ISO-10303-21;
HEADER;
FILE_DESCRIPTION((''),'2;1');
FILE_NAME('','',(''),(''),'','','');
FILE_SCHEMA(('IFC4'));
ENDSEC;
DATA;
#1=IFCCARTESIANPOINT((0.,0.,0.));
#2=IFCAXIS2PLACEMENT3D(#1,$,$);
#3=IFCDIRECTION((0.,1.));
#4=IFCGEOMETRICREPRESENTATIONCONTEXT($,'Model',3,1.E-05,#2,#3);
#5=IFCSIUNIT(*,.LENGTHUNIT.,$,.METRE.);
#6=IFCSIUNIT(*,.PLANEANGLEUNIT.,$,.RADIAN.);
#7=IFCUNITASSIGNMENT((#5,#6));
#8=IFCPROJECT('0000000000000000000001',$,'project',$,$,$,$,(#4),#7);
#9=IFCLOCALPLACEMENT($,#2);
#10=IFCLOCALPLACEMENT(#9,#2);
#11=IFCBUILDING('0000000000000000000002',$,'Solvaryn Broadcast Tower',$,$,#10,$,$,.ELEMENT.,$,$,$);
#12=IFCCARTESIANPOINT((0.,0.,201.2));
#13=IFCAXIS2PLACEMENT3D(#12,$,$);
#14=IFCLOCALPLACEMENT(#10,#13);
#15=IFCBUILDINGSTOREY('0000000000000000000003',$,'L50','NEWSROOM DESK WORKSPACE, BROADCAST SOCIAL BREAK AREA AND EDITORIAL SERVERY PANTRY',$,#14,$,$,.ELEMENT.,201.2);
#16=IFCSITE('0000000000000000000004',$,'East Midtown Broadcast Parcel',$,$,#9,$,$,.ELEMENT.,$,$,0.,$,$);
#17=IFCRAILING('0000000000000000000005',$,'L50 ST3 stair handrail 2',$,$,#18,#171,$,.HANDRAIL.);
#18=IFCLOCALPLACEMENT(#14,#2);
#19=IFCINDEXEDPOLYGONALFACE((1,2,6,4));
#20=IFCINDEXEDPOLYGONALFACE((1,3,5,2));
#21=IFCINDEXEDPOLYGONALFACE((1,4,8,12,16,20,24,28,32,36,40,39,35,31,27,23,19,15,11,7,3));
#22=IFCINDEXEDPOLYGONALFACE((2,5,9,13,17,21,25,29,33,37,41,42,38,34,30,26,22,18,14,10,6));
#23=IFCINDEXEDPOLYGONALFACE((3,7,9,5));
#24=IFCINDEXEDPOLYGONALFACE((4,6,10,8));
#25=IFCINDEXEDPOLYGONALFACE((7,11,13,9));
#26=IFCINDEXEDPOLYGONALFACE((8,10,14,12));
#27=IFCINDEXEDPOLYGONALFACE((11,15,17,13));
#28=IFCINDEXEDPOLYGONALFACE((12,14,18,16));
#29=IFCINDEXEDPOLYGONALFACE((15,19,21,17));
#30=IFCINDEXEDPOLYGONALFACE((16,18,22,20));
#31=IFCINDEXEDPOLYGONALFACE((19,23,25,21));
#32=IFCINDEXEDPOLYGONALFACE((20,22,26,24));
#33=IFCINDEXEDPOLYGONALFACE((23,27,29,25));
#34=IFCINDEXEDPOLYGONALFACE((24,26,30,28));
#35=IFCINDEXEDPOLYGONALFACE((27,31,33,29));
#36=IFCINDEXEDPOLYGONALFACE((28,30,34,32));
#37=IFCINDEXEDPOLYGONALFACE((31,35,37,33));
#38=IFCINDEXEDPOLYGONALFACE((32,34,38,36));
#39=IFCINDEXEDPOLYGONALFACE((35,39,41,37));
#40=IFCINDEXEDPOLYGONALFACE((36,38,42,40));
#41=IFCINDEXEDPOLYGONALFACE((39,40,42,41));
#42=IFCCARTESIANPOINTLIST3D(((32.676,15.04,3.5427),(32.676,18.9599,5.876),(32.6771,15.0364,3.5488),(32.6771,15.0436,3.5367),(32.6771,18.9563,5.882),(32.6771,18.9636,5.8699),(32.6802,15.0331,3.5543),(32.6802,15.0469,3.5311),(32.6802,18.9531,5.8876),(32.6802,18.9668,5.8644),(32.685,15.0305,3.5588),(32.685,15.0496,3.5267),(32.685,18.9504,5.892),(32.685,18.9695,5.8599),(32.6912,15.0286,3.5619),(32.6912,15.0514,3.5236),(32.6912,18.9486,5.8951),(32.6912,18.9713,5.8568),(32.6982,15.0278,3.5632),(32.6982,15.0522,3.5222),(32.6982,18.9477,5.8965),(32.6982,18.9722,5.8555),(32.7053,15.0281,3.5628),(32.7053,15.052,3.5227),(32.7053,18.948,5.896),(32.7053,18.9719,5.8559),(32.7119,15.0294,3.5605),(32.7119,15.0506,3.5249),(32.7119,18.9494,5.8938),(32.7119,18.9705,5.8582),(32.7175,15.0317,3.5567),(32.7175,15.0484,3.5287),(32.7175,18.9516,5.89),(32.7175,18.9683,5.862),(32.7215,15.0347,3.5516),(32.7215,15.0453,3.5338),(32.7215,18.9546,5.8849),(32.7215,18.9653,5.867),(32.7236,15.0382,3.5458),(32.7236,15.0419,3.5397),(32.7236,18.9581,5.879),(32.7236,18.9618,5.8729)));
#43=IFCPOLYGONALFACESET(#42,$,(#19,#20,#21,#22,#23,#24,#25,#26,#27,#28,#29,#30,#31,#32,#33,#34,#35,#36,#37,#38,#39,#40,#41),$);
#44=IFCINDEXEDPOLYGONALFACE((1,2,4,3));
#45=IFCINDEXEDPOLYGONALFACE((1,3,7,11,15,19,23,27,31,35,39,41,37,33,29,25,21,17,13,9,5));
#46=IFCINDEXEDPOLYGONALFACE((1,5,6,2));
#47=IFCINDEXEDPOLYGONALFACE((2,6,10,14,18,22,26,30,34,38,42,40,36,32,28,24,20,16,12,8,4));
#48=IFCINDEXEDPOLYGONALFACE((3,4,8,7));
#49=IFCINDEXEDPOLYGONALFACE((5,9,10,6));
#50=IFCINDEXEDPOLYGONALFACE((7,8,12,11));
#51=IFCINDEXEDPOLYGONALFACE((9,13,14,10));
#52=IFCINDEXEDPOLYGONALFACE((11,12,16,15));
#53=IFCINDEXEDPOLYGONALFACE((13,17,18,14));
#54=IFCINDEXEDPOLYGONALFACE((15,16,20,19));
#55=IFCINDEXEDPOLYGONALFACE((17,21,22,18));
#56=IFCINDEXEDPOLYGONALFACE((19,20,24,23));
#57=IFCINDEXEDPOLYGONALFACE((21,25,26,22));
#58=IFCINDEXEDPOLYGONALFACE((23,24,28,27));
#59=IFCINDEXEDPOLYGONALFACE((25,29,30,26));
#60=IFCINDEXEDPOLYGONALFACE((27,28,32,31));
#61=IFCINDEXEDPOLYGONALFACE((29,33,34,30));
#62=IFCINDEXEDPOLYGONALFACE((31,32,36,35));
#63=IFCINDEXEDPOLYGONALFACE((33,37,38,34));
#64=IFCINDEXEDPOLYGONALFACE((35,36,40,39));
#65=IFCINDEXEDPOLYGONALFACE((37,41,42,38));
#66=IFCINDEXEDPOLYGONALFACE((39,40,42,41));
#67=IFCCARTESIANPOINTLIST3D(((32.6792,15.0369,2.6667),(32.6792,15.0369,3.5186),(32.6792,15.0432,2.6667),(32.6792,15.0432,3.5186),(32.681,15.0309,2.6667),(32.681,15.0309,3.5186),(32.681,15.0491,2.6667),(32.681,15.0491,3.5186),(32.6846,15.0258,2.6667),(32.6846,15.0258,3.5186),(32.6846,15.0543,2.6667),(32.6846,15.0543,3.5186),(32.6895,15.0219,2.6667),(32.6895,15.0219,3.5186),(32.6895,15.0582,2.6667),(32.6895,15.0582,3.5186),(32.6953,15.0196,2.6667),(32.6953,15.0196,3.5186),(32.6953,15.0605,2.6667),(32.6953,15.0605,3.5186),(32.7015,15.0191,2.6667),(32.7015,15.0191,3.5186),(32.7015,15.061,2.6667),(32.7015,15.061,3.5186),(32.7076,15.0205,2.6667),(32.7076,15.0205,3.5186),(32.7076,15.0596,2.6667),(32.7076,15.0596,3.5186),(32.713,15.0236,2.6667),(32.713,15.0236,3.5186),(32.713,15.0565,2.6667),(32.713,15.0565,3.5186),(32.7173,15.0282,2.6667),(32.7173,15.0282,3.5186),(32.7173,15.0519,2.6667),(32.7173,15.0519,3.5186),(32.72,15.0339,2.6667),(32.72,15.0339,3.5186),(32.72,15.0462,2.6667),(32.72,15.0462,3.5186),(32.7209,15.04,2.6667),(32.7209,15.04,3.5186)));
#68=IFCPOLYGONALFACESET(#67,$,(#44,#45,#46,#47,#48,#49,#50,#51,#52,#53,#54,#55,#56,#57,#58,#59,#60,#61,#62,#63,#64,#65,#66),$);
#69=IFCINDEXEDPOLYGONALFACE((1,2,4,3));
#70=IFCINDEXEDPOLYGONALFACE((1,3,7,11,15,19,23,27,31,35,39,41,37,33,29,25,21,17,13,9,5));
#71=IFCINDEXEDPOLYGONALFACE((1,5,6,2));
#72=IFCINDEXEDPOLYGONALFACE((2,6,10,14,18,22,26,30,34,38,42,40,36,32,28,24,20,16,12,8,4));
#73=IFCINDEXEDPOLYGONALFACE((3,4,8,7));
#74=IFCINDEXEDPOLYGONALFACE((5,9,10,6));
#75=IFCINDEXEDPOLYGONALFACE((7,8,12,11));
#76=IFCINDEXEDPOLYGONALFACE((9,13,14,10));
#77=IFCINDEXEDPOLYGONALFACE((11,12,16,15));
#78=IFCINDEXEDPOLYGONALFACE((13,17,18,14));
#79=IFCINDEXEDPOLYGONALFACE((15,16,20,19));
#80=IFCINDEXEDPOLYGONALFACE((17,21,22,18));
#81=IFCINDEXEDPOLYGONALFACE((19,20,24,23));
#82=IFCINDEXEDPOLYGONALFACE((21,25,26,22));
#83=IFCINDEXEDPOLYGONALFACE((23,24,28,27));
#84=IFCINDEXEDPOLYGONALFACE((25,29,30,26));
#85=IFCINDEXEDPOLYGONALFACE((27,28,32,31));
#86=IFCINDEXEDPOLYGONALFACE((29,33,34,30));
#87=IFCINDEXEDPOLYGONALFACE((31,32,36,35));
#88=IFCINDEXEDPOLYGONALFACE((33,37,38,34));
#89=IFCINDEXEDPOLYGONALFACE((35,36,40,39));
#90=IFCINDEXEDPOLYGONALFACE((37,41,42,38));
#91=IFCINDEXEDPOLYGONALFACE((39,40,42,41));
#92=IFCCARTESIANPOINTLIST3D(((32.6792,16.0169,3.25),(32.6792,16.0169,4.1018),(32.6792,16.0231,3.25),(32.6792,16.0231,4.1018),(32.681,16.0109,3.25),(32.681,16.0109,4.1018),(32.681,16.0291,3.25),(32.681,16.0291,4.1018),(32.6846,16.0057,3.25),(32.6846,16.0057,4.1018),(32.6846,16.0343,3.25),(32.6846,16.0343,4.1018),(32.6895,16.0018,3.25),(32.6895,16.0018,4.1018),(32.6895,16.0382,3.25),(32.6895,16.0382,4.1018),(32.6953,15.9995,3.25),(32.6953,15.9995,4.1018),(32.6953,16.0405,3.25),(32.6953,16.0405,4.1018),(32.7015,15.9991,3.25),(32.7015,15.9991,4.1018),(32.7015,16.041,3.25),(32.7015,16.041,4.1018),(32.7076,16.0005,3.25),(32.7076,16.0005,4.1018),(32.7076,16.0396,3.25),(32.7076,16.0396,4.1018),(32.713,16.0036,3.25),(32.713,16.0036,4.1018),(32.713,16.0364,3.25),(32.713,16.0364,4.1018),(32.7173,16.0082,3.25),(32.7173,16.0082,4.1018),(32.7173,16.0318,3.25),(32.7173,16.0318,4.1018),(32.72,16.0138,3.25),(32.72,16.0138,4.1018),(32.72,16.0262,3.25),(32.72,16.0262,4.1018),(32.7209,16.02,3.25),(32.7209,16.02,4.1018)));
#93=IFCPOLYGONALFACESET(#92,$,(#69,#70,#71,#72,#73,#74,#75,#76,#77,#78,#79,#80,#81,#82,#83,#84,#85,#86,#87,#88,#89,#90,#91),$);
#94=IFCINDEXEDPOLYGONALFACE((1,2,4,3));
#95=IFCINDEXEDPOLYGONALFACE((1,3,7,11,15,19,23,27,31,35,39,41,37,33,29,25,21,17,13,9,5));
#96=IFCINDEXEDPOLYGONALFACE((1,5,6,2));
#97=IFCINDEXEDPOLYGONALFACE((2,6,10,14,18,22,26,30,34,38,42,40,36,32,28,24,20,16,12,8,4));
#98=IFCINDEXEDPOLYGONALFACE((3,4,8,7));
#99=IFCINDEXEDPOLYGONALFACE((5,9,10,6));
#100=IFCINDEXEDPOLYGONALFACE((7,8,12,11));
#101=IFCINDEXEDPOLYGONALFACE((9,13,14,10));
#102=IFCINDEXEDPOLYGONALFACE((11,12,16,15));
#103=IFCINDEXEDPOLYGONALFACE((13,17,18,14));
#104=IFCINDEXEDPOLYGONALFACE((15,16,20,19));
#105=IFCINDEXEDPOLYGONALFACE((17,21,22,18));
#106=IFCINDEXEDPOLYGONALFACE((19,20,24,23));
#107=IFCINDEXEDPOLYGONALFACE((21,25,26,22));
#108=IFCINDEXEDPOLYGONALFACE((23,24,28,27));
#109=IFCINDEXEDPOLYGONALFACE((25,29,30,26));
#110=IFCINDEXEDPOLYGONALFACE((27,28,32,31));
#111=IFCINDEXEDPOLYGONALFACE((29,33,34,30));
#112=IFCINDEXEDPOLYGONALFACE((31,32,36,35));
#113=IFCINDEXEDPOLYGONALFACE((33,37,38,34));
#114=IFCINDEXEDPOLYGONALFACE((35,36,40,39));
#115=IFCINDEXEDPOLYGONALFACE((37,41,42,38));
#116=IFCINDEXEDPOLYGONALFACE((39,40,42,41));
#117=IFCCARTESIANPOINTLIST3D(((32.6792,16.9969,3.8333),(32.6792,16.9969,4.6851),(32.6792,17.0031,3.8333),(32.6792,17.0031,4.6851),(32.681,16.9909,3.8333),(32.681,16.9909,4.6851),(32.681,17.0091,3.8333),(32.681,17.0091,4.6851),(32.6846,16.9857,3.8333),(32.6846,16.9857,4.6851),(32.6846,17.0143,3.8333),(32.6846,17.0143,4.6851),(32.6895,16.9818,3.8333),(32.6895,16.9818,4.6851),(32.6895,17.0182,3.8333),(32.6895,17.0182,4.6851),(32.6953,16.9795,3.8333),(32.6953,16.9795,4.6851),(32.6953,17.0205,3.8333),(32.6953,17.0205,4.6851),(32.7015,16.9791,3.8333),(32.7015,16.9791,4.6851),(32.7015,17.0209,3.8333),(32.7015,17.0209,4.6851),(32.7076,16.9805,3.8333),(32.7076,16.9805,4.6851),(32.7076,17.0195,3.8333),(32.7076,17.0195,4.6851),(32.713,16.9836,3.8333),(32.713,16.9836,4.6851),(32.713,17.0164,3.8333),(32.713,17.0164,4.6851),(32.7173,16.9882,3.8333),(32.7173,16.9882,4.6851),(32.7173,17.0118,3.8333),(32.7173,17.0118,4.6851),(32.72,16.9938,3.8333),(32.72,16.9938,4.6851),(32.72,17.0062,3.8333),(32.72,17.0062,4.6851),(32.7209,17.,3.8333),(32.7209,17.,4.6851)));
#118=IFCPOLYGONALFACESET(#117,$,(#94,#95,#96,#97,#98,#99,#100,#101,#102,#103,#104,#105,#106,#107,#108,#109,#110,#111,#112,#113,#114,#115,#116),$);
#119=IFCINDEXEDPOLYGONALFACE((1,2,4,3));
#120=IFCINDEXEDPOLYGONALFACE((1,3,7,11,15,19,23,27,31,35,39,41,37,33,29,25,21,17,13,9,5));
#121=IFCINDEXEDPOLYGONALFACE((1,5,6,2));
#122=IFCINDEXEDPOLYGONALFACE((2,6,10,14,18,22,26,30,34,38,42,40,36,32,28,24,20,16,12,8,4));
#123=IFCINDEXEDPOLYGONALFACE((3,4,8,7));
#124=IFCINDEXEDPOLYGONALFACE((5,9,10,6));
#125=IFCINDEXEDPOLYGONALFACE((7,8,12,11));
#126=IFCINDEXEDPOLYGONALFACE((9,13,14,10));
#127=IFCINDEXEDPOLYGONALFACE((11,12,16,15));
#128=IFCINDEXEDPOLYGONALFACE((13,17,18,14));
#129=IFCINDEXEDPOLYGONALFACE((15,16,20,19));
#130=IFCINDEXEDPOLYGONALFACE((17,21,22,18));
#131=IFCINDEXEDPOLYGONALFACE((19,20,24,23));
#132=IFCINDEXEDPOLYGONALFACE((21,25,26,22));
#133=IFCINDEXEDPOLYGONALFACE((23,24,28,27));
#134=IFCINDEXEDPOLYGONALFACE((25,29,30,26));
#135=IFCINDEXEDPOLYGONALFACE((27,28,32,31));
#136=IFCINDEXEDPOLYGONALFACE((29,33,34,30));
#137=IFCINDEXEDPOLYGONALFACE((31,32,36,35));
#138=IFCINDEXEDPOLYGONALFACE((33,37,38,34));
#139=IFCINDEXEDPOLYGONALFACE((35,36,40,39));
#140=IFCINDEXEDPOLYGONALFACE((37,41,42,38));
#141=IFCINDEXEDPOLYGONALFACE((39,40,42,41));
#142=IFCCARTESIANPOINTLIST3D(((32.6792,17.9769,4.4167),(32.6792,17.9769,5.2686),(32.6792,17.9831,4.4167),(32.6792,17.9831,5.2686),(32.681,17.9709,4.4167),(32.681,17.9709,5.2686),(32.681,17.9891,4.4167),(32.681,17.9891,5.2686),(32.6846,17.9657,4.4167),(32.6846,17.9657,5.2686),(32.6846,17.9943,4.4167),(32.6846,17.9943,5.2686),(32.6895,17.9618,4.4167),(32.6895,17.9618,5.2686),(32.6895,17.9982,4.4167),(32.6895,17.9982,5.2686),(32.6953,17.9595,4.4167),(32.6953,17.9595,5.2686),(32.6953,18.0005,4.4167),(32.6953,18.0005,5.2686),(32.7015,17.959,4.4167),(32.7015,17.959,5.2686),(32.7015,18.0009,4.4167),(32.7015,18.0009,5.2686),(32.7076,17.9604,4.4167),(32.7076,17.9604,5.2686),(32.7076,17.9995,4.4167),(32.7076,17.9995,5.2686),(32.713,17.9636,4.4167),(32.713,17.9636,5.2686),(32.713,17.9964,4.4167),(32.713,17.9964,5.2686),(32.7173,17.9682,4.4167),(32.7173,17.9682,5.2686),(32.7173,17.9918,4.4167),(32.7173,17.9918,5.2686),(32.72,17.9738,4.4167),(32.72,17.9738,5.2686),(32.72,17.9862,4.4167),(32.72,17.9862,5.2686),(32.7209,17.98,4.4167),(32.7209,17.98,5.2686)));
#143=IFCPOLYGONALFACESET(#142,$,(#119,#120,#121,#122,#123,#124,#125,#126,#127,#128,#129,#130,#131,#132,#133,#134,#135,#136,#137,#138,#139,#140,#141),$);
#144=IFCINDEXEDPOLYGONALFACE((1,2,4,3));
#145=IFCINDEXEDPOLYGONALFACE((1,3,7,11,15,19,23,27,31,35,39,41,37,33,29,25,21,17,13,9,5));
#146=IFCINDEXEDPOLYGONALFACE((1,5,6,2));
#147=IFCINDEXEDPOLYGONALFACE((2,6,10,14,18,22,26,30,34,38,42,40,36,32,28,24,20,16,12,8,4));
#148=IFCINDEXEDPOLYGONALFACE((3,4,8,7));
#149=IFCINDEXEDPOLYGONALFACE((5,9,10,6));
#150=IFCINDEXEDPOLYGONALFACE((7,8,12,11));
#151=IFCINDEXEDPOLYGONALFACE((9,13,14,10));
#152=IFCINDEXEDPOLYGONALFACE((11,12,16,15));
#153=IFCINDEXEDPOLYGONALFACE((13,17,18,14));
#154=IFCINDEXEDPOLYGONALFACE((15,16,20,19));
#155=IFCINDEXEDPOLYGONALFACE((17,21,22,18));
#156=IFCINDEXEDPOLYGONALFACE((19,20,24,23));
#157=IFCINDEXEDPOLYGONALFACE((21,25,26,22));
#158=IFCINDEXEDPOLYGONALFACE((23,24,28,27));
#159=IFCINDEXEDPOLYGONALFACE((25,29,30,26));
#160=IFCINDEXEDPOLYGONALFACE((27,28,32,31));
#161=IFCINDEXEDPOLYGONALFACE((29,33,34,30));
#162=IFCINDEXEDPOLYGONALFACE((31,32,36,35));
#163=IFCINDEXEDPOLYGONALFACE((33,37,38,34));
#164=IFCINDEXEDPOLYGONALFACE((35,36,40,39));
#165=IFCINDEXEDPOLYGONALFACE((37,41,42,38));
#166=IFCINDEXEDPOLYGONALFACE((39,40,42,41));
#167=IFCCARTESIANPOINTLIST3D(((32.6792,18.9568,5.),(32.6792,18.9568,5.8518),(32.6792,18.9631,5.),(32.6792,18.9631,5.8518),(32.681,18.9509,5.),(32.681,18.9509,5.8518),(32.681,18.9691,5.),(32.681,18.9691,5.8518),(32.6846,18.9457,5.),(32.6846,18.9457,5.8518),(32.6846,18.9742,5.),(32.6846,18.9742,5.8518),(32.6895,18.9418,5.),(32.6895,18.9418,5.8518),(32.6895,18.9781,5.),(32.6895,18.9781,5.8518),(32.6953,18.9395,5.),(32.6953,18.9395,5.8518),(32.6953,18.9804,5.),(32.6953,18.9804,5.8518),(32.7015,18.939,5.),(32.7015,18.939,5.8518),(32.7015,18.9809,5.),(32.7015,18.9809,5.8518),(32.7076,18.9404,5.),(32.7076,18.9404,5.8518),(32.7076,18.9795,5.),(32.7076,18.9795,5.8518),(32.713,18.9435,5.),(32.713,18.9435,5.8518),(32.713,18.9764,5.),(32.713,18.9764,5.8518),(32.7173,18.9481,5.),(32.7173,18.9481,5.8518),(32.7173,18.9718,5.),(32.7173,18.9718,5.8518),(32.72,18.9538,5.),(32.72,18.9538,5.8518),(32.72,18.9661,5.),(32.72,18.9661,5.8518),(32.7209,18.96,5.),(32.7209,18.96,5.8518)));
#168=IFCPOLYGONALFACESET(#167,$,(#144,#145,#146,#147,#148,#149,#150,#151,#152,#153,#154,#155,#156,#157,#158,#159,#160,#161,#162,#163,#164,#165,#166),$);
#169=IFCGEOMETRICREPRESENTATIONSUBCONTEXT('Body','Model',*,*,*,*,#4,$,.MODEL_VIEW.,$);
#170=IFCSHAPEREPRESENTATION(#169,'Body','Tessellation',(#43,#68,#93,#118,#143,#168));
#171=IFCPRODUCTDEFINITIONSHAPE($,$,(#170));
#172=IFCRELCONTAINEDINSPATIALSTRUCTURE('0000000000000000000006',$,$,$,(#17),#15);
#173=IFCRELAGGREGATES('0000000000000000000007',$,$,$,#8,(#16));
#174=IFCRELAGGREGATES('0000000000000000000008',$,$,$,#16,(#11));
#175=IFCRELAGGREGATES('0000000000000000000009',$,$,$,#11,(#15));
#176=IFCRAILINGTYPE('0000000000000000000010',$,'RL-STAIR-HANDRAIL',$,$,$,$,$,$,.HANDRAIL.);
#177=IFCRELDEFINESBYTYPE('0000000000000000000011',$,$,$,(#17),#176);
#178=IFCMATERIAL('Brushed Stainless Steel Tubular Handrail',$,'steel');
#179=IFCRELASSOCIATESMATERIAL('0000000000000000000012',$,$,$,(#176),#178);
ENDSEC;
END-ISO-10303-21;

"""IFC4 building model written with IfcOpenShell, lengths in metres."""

from ifc_helpers import new_model, si_unit, direction, frame, origin, origin_2d, place, context, subcontext, project, spatial, circle, extrude, material, type_object, element, save


model = new_model("IFC4")

# Units and contexts
model_context = context("Model", 3, precision=1e-05, world=origin(), true_north=direction((0.0, 1.0)))
body_context = subcontext(model_context, "Body", "Model", "MODEL_VIEW")
ifc_project = project(units=[si_unit("LENGTHUNIT", "METRE"), si_unit("PLANEANGLEUNIT", "RADIAN")], contexts=[model_context])

# Site, building, storey
site_placement = place(None, origin())
site = spatial("IfcSite", under=ifc_project, at=site_placement, Name="East Midtown Broadcast Parcel", CompositionType="ELEMENT", RefElevation=0.0)
building_placement = place(site_placement, origin())
building = spatial("IfcBuilding", under=site, at=building_placement, Name="Solvaryn Broadcast Tower", CompositionType="ELEMENT")
storey_placement = place(building_placement, frame((0.0, 0.0, 201.2)))
storey = spatial("IfcBuildingStorey", under=building, at=storey_placement, Name="L50", Description="NEWSROOM DESK WORKSPACE, BROADCAST SOCIAL BREAK AREA AND EDITORIAL SERVERY PANTRY", CompositionType="ELEMENT", Elevation=201.2)

# Railing
ifc_material_1 = material(Name="Brushed Stainless Steel Tubular Handrail", Category="steel")
railing_type_1 = type_object("IfcRailingType", Name="RL-STAIR-HANDRAIL", PredefinedType="HANDRAIL", material=ifc_material_1)
railing_1_placement = place(storey_placement, frame((32.7, 15.04, 2.6667)))
element("IfcRailing", 1, at=railing_1_placement, inside=storey, type_object=railing_type_1, Name="L50 ST3 stair handrail 2", PredefinedType="HANDRAIL", context=body_context, shape_type="SweptSolid", body=[
    extrude(circle(Radius=0.0239, at=origin_2d()), frame((0.0, 0.0, 0.876), z_axis=(0.0, 0.859296, 0.511478), x_axis=(-1.0, 0.0, 0.0)), (0.0, 0.0, 1.0), 4.5618),
    extrude(circle(Radius=0.021, at=origin_2d()), origin(), (0.0, 0.0, 1.0), 0.8518),
    extrude(circle(Radius=0.021, at=origin_2d()), frame((0.0, 0.98, 0.5833)), (0.0, 0.0, 1.0), 0.8518),
    extrude(circle(Radius=0.021, at=origin_2d()), frame((0.0, 1.96, 1.1665)), (0.0, 0.0, 1.0), 0.8518),
    extrude(circle(Radius=0.021, at=origin_2d()), frame((0.0, 2.9399, 1.75)), (0.0, 0.0, 1.0), 0.8518),
    extrude(circle(Radius=0.021, at=origin_2d()), frame((0.0, 3.9199, 2.3333)), (0.0, 0.0, 1.0), 0.8518),
])

save(model, "model.ifc")
